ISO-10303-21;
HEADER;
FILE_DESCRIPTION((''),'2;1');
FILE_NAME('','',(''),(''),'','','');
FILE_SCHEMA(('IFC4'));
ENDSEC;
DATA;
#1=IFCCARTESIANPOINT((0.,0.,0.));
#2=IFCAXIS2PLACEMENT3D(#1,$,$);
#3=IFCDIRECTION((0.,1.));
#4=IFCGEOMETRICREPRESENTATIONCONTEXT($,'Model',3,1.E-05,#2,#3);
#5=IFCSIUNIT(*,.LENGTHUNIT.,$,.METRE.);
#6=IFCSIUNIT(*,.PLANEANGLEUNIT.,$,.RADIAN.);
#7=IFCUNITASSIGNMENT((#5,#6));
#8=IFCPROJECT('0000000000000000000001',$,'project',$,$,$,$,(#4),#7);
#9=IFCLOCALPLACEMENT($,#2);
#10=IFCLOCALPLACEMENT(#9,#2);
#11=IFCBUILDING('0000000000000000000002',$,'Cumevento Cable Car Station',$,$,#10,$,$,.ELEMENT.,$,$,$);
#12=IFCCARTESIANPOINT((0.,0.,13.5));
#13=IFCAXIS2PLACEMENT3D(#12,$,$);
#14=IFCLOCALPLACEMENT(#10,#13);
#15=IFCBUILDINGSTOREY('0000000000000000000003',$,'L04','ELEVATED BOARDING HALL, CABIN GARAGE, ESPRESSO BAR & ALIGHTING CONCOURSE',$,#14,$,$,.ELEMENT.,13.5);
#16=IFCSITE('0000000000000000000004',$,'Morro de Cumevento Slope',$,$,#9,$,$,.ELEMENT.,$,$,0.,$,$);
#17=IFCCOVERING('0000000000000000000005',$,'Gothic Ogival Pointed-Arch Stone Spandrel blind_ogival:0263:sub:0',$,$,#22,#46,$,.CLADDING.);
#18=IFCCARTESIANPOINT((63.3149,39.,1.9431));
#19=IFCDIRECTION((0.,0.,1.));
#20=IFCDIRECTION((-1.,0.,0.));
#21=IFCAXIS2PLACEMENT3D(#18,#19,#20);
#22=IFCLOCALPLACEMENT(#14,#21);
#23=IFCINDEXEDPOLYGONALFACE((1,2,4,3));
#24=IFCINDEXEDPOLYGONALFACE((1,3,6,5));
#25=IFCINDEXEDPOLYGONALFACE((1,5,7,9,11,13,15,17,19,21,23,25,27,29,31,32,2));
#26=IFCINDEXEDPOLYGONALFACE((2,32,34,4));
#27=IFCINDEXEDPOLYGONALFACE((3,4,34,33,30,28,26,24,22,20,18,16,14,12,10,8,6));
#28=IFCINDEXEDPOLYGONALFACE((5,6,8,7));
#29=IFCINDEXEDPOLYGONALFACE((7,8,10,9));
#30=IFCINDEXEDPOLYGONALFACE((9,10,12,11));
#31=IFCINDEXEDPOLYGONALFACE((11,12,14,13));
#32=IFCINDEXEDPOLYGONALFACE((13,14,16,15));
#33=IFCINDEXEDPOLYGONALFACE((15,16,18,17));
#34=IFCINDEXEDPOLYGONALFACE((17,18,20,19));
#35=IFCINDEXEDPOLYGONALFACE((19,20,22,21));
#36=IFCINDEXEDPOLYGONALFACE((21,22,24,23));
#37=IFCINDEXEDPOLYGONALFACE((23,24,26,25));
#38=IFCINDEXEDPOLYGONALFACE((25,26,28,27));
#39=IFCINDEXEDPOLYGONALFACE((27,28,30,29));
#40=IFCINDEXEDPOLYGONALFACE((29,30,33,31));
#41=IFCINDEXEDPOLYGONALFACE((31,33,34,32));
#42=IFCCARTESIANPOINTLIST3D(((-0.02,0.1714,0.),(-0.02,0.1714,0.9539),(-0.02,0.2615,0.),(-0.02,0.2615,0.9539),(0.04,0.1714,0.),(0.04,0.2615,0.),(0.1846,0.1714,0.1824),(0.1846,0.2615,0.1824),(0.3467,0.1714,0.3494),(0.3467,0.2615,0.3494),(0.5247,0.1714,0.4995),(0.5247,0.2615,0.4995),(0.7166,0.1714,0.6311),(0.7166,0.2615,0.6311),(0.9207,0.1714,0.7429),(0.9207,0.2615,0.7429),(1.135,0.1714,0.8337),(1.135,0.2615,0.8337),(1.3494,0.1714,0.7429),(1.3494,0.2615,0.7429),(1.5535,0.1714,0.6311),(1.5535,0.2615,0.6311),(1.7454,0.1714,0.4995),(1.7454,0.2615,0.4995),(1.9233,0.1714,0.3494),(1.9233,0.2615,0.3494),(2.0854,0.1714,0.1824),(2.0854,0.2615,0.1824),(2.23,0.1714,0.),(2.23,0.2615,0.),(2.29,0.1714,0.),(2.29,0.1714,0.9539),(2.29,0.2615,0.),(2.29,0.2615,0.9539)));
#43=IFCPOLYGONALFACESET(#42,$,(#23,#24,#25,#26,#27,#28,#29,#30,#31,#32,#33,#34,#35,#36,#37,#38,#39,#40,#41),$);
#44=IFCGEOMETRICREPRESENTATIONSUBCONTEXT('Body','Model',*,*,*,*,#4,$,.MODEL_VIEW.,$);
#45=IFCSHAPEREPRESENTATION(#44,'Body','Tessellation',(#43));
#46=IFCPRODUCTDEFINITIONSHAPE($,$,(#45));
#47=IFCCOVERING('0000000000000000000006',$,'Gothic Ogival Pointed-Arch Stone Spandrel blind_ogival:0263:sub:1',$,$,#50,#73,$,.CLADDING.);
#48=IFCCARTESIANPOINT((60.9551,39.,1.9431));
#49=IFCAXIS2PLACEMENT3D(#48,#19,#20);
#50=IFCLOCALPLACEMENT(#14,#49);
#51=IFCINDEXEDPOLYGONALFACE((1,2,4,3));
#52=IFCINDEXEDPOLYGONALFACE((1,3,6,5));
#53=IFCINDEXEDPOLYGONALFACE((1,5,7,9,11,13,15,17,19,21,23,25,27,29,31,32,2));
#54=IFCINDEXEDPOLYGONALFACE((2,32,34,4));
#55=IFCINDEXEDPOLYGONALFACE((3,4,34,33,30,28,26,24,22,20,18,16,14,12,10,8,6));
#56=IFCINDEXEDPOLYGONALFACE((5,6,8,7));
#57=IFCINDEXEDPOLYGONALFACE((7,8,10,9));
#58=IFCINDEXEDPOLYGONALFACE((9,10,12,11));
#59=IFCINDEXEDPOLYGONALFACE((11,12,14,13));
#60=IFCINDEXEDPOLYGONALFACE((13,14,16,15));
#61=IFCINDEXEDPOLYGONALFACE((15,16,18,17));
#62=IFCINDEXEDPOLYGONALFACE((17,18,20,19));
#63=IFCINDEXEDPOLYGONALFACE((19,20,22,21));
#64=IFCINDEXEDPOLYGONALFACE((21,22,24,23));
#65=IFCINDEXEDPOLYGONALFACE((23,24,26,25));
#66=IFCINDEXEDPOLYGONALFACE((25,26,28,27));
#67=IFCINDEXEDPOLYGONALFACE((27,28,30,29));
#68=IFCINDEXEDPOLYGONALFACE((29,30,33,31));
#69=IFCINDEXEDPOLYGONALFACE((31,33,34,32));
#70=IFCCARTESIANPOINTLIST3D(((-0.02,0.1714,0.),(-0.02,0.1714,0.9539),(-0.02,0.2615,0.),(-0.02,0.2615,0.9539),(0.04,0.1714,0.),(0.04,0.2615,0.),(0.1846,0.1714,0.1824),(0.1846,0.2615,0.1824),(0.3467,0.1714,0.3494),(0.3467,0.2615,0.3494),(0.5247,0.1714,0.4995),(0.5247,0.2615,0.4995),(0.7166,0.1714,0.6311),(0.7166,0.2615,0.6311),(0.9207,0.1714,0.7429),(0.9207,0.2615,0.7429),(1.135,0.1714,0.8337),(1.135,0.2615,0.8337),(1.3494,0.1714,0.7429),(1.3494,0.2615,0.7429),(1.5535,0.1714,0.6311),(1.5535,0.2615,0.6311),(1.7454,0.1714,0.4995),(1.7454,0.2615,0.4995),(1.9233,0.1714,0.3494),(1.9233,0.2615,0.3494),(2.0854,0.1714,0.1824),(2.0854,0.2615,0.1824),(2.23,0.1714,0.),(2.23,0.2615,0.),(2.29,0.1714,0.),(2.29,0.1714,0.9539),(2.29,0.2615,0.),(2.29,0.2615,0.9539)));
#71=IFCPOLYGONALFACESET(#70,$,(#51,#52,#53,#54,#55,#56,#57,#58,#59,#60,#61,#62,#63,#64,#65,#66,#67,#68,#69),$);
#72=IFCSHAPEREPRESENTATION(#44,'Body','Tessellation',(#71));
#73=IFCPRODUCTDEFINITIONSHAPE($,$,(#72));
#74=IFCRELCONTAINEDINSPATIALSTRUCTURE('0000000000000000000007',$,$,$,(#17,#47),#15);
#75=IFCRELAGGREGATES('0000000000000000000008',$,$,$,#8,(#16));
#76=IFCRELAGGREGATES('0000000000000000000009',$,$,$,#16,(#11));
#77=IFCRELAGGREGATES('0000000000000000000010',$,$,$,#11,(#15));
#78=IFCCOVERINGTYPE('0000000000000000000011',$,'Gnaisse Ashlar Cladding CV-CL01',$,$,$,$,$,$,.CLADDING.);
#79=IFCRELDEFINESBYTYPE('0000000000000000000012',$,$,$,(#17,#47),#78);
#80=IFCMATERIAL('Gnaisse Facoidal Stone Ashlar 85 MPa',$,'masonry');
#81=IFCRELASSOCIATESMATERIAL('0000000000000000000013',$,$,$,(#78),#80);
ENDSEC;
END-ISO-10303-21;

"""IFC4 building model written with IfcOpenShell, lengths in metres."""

from ifc_helpers import new_model, si_unit, direction, frame, origin, place, context, subcontext, project, spatial, polyline, outline, extrude, material, type_object, element, save


model = new_model("IFC4")

# Units and contexts
model_context = context("Model", 3, precision=1e-05, world=origin(), true_north=direction((0.0, 1.0)))
body_context = subcontext(model_context, "Body", "Model", "MODEL_VIEW")
ifc_project = project(units=[si_unit("LENGTHUNIT", "METRE"), si_unit("PLANEANGLEUNIT", "RADIAN")], contexts=[model_context])

# Site, building, storey
site_placement = place(None, origin())
site = spatial("IfcSite", under=ifc_project, at=site_placement, Name="Morro de Cumevento Slope", CompositionType="ELEMENT", RefElevation=0.0)
building_placement = place(site_placement, origin())
building = spatial("IfcBuilding", under=site, at=building_placement, Name="Cumevento Cable Car Station", CompositionType="ELEMENT")
storey_placement = place(building_placement, frame((0.0, 0.0, 13.5)))
storey = spatial("IfcBuildingStorey", under=building, at=storey_placement, Name="L04", Description="ELEVATED BOARDING HALL, CABIN GARAGE, ESPRESSO BAR & ALIGHTING CONCOURSE", CompositionType="ELEMENT", Elevation=13.5)

# Coverings
ifc_material_1 = material(Name="Gnaisse Facoidal Stone Ashlar 85 MPa", Category="masonry")
covering_type_1 = type_object("IfcCoveringType", Name="Gnaisse Ashlar Cladding CV-CL01", PredefinedType="CLADDING", material=ifc_material_1)
for number, where, z_axis, x_axis, name in (
    (1, (63.3149, 39.0, 1.9431), (0.0, 0.0, 1.0), (-1.0, 0.0, 0.0), "Gothic Ogival Pointed-Arch Stone Spandrel blind_ogival:0263:sub:0"),
    (2, (60.9551, 39.0, 1.9431), (0.0, 0.0, 1.0), (-1.0, 0.0, 0.0), "Gothic Ogival Pointed-Arch Stone Spandrel blind_ogival:0263:sub:1"),
):
    element("IfcCovering", number, at=place(storey_placement, frame(where, z_axis=z_axis, x_axis=x_axis)), inside=storey, type_object=covering_type_1, Name=name, PredefinedType="CLADDING", context=body_context, shape_type="SweptSolid", body=[
        extrude(outline(polyline([(-0.02, 0.0), (-0.02, 0.9539), (2.29, 0.9539), (2.29, 0.0), (2.23, 0.0), (2.0854, 0.1824), (1.9233, 0.3494), (1.7454, 0.4995), (1.5535, 0.6311), (1.3494, 0.7429), (1.135, 0.8337), (0.9207, 0.7429), (0.7166, 0.6311), (0.5247, 0.4995), (0.3467, 0.3494), (0.1846, 0.1824), (0.04, 0.0), (-0.02, 0.0)])), frame((0.0, 0.2615, 0.0), z_axis=(0.0, -1.0, 0.0), x_axis=(1.0, 0.0, 0.0)), (0.0, 0.0, 1.0), 0.0901),
    ])

save(model, "model.ifc")
